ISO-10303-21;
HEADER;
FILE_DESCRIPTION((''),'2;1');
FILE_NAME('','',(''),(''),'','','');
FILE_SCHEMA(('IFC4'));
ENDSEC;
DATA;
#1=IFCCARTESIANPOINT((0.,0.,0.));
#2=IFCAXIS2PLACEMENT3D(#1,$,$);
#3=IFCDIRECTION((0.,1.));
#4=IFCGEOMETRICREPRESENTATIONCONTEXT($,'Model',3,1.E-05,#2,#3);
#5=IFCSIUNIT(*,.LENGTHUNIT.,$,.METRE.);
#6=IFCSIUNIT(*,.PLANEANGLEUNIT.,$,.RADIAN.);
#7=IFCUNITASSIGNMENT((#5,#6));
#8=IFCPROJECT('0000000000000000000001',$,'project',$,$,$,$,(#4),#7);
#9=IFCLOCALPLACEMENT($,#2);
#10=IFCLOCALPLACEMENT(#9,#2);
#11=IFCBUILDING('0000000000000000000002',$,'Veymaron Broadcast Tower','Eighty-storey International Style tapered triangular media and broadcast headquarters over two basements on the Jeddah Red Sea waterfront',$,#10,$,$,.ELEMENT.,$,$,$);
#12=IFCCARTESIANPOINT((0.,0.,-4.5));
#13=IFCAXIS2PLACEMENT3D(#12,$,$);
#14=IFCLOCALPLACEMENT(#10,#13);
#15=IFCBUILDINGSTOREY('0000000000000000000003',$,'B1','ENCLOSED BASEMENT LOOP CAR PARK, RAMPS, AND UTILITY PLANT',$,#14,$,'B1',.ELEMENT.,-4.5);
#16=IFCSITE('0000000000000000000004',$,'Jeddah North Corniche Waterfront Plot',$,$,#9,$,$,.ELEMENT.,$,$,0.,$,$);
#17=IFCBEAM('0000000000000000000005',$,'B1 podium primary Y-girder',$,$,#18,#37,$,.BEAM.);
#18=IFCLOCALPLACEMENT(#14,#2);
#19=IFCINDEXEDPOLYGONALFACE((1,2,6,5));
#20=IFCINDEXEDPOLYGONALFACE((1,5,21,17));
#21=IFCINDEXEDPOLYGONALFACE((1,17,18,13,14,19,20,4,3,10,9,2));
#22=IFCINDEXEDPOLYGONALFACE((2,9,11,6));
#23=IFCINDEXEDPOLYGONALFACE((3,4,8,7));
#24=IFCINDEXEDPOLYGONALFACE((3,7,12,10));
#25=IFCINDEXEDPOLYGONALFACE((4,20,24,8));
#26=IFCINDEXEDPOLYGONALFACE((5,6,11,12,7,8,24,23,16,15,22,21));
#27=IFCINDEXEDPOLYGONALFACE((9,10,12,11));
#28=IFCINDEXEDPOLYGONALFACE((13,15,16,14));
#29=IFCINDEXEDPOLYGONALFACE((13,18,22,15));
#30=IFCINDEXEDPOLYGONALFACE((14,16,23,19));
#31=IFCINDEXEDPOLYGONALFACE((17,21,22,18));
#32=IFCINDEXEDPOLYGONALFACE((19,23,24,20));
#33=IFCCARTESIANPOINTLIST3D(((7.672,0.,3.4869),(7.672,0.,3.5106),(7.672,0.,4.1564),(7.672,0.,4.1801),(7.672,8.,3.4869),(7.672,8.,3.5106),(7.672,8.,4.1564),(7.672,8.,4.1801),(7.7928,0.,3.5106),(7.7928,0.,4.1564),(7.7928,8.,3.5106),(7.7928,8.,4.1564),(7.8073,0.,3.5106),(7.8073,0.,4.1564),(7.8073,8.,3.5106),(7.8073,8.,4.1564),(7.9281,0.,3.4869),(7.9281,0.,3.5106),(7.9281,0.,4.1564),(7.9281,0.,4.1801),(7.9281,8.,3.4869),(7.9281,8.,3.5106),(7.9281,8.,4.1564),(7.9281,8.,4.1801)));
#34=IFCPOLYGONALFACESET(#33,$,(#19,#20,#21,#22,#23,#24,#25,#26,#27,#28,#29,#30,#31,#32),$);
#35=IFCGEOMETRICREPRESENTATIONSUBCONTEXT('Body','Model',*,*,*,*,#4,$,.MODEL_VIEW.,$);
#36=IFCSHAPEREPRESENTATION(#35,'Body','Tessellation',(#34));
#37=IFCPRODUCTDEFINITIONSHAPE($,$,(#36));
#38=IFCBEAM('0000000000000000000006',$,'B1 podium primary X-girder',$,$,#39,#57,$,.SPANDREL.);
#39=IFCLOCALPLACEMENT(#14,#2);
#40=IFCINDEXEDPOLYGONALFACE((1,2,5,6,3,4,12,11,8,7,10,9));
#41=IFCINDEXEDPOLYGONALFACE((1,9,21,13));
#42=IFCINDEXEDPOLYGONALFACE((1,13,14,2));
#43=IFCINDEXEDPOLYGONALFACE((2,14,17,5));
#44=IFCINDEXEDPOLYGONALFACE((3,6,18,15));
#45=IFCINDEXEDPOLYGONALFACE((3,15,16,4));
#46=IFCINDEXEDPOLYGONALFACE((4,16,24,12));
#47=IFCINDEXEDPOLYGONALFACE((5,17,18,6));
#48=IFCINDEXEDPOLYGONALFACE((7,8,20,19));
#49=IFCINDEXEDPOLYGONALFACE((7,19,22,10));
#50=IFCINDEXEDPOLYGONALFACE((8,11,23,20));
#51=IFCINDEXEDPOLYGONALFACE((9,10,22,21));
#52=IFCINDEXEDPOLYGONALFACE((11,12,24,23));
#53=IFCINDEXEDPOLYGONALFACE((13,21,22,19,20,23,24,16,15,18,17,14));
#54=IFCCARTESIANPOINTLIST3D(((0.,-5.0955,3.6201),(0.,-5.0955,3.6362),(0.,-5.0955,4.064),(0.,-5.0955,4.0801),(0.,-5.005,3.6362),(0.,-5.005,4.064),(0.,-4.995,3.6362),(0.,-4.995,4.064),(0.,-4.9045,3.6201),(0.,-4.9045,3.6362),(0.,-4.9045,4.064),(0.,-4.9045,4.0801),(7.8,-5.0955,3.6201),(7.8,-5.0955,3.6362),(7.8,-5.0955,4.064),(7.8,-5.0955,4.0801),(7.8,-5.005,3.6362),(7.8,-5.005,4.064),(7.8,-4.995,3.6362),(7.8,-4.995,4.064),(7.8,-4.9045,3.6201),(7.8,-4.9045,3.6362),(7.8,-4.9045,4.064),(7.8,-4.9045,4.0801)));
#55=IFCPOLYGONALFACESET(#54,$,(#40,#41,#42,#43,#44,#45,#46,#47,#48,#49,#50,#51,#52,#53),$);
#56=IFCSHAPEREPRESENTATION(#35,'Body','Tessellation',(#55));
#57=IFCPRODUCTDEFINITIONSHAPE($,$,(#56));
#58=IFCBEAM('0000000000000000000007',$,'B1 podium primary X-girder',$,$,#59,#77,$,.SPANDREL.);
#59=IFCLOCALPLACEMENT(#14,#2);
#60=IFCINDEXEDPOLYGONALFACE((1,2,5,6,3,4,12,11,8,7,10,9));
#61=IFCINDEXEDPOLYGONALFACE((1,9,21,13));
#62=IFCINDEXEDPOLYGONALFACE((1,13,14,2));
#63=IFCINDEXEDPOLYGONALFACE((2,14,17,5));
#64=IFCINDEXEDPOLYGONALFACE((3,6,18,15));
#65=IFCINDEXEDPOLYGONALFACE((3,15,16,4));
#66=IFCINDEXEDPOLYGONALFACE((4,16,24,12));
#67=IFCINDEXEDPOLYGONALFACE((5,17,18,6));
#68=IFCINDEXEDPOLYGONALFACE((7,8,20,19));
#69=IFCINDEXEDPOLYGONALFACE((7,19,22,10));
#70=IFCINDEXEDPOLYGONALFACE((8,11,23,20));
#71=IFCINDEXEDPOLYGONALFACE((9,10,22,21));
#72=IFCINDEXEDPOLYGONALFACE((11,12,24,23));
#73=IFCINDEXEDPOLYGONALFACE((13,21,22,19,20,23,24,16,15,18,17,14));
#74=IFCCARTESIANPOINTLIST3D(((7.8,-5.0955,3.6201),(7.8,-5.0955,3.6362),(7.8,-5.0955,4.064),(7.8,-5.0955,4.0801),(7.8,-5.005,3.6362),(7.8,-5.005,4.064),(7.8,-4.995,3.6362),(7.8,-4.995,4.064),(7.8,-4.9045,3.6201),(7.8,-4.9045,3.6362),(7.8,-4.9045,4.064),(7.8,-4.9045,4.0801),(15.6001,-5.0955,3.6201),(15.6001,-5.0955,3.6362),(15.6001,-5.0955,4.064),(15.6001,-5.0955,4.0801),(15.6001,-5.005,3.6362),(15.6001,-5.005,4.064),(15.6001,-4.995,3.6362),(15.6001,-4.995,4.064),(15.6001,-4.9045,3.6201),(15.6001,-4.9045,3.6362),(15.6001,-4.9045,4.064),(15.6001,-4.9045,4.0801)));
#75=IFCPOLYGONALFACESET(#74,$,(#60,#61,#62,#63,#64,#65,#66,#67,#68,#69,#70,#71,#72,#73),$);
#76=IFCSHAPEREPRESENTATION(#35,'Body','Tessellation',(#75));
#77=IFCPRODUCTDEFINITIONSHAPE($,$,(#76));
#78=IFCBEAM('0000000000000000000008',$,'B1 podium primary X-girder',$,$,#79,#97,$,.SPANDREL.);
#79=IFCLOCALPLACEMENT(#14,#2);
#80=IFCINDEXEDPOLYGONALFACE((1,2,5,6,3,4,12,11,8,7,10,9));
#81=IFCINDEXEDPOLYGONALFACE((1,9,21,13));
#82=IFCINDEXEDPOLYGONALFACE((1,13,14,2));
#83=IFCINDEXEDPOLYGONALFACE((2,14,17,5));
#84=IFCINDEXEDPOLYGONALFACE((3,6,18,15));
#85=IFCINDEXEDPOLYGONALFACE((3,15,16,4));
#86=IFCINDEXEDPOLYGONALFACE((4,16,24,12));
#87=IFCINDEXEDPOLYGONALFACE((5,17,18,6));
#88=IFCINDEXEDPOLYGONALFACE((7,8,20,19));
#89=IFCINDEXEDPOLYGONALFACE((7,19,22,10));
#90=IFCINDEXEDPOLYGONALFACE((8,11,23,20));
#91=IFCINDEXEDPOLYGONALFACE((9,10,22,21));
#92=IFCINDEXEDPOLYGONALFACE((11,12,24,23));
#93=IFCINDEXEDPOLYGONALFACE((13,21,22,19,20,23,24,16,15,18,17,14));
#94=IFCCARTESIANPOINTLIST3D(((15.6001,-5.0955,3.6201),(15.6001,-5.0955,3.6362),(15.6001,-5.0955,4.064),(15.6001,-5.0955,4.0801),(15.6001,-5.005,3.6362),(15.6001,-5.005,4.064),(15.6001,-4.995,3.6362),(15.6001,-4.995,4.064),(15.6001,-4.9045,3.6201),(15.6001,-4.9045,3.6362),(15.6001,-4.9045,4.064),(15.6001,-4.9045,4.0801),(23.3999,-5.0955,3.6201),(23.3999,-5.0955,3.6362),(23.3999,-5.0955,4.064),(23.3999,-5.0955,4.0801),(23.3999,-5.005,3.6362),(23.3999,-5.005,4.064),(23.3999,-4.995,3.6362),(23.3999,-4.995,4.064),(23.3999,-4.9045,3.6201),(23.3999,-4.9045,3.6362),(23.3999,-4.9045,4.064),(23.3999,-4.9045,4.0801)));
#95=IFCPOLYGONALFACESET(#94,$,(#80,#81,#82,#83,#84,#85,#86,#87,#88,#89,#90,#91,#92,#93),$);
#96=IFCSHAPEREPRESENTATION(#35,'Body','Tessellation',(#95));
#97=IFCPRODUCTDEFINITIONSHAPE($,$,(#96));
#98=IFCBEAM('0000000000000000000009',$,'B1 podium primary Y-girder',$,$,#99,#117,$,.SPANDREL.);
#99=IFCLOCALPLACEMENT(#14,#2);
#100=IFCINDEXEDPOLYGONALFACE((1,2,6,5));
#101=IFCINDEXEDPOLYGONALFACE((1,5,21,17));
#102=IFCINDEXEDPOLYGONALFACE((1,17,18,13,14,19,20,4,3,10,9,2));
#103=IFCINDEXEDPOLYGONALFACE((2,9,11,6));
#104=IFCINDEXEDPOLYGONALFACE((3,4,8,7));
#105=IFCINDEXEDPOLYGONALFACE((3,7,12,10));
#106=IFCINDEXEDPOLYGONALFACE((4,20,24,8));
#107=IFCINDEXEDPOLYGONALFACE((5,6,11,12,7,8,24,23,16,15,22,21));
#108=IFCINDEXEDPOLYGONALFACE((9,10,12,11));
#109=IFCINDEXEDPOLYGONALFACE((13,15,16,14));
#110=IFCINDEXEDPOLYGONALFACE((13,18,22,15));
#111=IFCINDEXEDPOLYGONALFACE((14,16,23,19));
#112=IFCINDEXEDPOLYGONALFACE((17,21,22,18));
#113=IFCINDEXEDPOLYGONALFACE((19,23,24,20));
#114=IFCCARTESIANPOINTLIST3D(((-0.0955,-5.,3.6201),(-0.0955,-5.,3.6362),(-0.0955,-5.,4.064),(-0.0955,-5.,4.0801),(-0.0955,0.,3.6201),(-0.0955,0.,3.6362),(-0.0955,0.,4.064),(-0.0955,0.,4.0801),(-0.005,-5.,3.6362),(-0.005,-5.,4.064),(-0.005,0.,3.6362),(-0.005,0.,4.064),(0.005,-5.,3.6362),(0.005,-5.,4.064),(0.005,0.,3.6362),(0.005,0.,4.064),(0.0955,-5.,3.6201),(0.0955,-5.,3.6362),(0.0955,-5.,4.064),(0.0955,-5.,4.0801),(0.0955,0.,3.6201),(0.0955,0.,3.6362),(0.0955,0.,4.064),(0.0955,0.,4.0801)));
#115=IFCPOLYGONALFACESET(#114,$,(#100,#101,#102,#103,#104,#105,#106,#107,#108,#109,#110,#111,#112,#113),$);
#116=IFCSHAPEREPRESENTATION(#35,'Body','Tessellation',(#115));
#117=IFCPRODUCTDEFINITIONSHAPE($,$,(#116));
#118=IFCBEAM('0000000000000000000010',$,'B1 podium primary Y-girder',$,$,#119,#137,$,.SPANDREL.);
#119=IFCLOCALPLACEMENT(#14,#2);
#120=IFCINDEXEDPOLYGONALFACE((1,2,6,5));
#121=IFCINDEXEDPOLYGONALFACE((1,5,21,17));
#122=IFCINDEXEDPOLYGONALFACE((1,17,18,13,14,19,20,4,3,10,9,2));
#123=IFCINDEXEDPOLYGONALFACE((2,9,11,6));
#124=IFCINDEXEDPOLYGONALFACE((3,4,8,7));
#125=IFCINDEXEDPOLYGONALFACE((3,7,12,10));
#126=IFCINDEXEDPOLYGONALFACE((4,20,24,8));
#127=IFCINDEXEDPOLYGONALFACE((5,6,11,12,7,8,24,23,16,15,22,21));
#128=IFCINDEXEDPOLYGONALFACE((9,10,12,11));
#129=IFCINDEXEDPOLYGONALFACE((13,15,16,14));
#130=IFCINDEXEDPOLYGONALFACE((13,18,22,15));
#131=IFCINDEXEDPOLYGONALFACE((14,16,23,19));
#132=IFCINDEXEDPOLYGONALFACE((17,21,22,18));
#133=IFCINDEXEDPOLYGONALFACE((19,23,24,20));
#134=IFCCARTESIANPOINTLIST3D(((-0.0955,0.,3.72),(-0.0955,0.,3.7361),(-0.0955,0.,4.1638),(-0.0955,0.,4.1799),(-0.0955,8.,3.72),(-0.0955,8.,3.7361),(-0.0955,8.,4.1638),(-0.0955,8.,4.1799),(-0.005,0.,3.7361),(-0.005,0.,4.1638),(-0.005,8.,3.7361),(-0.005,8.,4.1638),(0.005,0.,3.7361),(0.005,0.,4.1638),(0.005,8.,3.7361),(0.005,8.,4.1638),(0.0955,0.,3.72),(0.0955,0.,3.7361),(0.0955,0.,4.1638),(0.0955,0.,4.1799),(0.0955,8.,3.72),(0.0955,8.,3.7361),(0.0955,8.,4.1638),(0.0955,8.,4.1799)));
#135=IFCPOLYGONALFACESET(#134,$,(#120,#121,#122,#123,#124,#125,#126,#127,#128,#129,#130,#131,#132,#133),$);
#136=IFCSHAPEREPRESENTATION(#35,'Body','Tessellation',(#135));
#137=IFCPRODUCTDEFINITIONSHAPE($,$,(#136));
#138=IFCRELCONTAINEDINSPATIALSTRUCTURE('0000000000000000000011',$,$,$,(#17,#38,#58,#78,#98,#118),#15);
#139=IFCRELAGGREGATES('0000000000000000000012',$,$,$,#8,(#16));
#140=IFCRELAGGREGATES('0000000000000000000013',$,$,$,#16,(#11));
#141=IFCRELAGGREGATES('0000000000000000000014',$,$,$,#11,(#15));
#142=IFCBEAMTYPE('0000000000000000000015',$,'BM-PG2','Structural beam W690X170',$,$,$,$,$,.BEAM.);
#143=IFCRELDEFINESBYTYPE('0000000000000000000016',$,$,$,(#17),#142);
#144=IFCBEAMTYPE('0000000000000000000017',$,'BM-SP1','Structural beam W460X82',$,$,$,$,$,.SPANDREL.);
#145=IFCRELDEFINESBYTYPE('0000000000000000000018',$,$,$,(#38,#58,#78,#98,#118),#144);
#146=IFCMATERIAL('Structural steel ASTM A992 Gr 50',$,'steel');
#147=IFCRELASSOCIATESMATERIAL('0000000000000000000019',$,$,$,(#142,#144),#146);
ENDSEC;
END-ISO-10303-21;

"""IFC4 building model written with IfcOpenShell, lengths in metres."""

from ifc_helpers import new_model, si_unit, direction, frame, origin, origin_2d, place, context, subcontext, project, spatial, i_section, extrude, material, material_profile, profile_set, type_object, element, save


model = new_model("IFC4")

# Units and contexts
model_context = context("Model", 3, precision=1e-05, world=origin(), true_north=direction((0.0, 1.0)))
body_context = subcontext(model_context, "Body", "Model", "MODEL_VIEW")
ifc_project = project(units=[si_unit("LENGTHUNIT", "METRE"), si_unit("PLANEANGLEUNIT", "RADIAN")], contexts=[model_context])

# Site, building, storey
site_placement = place(None, origin())
site = spatial("IfcSite", under=ifc_project, at=site_placement, Name="Jeddah North Corniche Waterfront Plot", CompositionType="ELEMENT", RefElevation=0.0)
building_placement = place(site_placement, origin())
building = spatial("IfcBuilding", under=site, at=building_placement, Name="Veymaron Broadcast Tower", Description="Eighty-storey International Style tapered triangular media and broadcast headquarters over two basements on the Jeddah Red Sea waterfront", CompositionType="ELEMENT")
storey_placement = place(building_placement, frame((0.0, 0.0, -4.5)))
storey = spatial("IfcBuildingStorey", under=building, at=storey_placement, Name="B1", Description="ENCLOSED BASEMENT LOOP CAR PARK, RAMPS, AND UTILITY PLANT", LongName="B1", CompositionType="ELEMENT", Elevation=-4.5)

# Beams
ifc_material_1 = material(Name="Structural steel ASTM A992 Gr 50", Category="steel")
ifc_material_profile_1 = material_profile(ifc_material_1, i_section(OverallWidth=0.2561, OverallDepth=0.6931, WebThickness=0.0144, FlangeThickness=0.0237, at=origin_2d()), Name="W690X170")
ifc_profile_set_1 = profile_set([ifc_material_profile_1], Name="Structural steel ASTM A992 Gr 50")
beam_type_1 = type_object("IfcBeamType", Name="BM-PG2", Description="Structural beam W690X170", PredefinedType="BEAM", material=ifc_profile_set_1)
beam_1_placement = place(storey_placement, frame((7.8, 0.0, 3.8335), z_axis=(0.0, 1.0, 0.0), x_axis=(-1.0, 0.0, 0.0)))
element("IfcBeam", 1, at=beam_1_placement, inside=storey, type_object=beam_type_1, Name="B1 podium primary Y-girder", PredefinedType="BEAM", context=body_context, shape_type="SweptSolid", body=[
    extrude(i_section(OverallWidth=0.2561, OverallDepth=0.6931, WebThickness=0.0144, FlangeThickness=0.0237, at=origin_2d()), origin(), (0.0, 0.0, 1.0), 8.0),
])
ifc_material_profile_2 = material_profile(ifc_material_1, i_section(OverallWidth=0.1909, OverallDepth=0.46, WebThickness=0.01, FlangeThickness=0.0161, at=origin_2d()), Name="W460X82")
ifc_profile_set_2 = profile_set([ifc_material_profile_2], Name="Structural steel ASTM A992 Gr 50")
beam_type_2 = type_object("IfcBeamType", Name="BM-SP1", Description="Structural beam W460X82", PredefinedType="SPANDREL", material=ifc_profile_set_2)
for number, where, z_axis, x_axis, name in (
    (2, (0.0, -5.0, 3.8501), (1.0, 0.0, 0.0), (0.0, 1.0, 0.0), "B1 podium primary X-girder"),
    (3, (7.8, -5.0, 3.8501), (1.0, 0.0, 0.0), (0.0, 1.0, 0.0), "B1 podium primary X-girder"),
):
    element("IfcBeam", number, at=place(storey_placement, frame(where, z_axis=z_axis, x_axis=x_axis)), inside=storey, type_object=beam_type_2, Name=name, PredefinedType="SPANDREL", context=body_context, shape_type="SweptSolid", body=[
        extrude(i_section(OverallWidth=0.1909, OverallDepth=0.46, WebThickness=0.01, FlangeThickness=0.0161, at=origin_2d()), origin(), (0.0, 0.0, 1.0), 7.8),
    ])
beam_2_placement = place(storey_placement, frame((15.6001, -5.0, 3.8501), z_axis=(1.0, 0.0, 0.0), x_axis=(0.0, 1.0, 0.0)))
element("IfcBeam", 4, at=beam_2_placement, inside=storey, type_object=beam_type_2, Name="B1 podium primary X-girder", PredefinedType="SPANDREL", context=body_context, shape_type="SweptSolid", body=[
    extrude(i_section(OverallWidth=0.1909, OverallDepth=0.46, WebThickness=0.01, FlangeThickness=0.0161, at=origin_2d()), origin(), (0.0, 0.0, 1.0), 7.7998),
])
beam_3_placement = place(storey_placement, frame((0.0, -5.0, 3.8501), z_axis=(0.0, 1.0, 0.0), x_axis=(-1.0, 0.0, 0.0)))
element("IfcBeam", 5, at=beam_3_placement, inside=storey, type_object=beam_type_2, Name="B1 podium primary Y-girder", PredefinedType="SPANDREL", context=body_context, shape_type="SweptSolid", body=[
    extrude(i_section(OverallWidth=0.1909, OverallDepth=0.46, WebThickness=0.01, FlangeThickness=0.0161, at=origin_2d()), origin(), (0.0, 0.0, 1.0), 5.0),
])
beam_4_placement = place(storey_placement, frame((0.0, 0.0, 3.95), z_axis=(0.0, 1.0, 0.0), x_axis=(-1.0, 0.0, 0.0)))
element("IfcBeam", 6, at=beam_4_placement, inside=storey, type_object=beam_type_2, Name="B1 podium primary Y-girder", PredefinedType="SPANDREL", context=body_context, shape_type="SweptSolid", body=[
    extrude(i_section(OverallWidth=0.1909, OverallDepth=0.46, WebThickness=0.01, FlangeThickness=0.0161, at=origin_2d()), origin(), (0.0, 0.0, 1.0), 8.0),
])

save(model, "model.ifc")
